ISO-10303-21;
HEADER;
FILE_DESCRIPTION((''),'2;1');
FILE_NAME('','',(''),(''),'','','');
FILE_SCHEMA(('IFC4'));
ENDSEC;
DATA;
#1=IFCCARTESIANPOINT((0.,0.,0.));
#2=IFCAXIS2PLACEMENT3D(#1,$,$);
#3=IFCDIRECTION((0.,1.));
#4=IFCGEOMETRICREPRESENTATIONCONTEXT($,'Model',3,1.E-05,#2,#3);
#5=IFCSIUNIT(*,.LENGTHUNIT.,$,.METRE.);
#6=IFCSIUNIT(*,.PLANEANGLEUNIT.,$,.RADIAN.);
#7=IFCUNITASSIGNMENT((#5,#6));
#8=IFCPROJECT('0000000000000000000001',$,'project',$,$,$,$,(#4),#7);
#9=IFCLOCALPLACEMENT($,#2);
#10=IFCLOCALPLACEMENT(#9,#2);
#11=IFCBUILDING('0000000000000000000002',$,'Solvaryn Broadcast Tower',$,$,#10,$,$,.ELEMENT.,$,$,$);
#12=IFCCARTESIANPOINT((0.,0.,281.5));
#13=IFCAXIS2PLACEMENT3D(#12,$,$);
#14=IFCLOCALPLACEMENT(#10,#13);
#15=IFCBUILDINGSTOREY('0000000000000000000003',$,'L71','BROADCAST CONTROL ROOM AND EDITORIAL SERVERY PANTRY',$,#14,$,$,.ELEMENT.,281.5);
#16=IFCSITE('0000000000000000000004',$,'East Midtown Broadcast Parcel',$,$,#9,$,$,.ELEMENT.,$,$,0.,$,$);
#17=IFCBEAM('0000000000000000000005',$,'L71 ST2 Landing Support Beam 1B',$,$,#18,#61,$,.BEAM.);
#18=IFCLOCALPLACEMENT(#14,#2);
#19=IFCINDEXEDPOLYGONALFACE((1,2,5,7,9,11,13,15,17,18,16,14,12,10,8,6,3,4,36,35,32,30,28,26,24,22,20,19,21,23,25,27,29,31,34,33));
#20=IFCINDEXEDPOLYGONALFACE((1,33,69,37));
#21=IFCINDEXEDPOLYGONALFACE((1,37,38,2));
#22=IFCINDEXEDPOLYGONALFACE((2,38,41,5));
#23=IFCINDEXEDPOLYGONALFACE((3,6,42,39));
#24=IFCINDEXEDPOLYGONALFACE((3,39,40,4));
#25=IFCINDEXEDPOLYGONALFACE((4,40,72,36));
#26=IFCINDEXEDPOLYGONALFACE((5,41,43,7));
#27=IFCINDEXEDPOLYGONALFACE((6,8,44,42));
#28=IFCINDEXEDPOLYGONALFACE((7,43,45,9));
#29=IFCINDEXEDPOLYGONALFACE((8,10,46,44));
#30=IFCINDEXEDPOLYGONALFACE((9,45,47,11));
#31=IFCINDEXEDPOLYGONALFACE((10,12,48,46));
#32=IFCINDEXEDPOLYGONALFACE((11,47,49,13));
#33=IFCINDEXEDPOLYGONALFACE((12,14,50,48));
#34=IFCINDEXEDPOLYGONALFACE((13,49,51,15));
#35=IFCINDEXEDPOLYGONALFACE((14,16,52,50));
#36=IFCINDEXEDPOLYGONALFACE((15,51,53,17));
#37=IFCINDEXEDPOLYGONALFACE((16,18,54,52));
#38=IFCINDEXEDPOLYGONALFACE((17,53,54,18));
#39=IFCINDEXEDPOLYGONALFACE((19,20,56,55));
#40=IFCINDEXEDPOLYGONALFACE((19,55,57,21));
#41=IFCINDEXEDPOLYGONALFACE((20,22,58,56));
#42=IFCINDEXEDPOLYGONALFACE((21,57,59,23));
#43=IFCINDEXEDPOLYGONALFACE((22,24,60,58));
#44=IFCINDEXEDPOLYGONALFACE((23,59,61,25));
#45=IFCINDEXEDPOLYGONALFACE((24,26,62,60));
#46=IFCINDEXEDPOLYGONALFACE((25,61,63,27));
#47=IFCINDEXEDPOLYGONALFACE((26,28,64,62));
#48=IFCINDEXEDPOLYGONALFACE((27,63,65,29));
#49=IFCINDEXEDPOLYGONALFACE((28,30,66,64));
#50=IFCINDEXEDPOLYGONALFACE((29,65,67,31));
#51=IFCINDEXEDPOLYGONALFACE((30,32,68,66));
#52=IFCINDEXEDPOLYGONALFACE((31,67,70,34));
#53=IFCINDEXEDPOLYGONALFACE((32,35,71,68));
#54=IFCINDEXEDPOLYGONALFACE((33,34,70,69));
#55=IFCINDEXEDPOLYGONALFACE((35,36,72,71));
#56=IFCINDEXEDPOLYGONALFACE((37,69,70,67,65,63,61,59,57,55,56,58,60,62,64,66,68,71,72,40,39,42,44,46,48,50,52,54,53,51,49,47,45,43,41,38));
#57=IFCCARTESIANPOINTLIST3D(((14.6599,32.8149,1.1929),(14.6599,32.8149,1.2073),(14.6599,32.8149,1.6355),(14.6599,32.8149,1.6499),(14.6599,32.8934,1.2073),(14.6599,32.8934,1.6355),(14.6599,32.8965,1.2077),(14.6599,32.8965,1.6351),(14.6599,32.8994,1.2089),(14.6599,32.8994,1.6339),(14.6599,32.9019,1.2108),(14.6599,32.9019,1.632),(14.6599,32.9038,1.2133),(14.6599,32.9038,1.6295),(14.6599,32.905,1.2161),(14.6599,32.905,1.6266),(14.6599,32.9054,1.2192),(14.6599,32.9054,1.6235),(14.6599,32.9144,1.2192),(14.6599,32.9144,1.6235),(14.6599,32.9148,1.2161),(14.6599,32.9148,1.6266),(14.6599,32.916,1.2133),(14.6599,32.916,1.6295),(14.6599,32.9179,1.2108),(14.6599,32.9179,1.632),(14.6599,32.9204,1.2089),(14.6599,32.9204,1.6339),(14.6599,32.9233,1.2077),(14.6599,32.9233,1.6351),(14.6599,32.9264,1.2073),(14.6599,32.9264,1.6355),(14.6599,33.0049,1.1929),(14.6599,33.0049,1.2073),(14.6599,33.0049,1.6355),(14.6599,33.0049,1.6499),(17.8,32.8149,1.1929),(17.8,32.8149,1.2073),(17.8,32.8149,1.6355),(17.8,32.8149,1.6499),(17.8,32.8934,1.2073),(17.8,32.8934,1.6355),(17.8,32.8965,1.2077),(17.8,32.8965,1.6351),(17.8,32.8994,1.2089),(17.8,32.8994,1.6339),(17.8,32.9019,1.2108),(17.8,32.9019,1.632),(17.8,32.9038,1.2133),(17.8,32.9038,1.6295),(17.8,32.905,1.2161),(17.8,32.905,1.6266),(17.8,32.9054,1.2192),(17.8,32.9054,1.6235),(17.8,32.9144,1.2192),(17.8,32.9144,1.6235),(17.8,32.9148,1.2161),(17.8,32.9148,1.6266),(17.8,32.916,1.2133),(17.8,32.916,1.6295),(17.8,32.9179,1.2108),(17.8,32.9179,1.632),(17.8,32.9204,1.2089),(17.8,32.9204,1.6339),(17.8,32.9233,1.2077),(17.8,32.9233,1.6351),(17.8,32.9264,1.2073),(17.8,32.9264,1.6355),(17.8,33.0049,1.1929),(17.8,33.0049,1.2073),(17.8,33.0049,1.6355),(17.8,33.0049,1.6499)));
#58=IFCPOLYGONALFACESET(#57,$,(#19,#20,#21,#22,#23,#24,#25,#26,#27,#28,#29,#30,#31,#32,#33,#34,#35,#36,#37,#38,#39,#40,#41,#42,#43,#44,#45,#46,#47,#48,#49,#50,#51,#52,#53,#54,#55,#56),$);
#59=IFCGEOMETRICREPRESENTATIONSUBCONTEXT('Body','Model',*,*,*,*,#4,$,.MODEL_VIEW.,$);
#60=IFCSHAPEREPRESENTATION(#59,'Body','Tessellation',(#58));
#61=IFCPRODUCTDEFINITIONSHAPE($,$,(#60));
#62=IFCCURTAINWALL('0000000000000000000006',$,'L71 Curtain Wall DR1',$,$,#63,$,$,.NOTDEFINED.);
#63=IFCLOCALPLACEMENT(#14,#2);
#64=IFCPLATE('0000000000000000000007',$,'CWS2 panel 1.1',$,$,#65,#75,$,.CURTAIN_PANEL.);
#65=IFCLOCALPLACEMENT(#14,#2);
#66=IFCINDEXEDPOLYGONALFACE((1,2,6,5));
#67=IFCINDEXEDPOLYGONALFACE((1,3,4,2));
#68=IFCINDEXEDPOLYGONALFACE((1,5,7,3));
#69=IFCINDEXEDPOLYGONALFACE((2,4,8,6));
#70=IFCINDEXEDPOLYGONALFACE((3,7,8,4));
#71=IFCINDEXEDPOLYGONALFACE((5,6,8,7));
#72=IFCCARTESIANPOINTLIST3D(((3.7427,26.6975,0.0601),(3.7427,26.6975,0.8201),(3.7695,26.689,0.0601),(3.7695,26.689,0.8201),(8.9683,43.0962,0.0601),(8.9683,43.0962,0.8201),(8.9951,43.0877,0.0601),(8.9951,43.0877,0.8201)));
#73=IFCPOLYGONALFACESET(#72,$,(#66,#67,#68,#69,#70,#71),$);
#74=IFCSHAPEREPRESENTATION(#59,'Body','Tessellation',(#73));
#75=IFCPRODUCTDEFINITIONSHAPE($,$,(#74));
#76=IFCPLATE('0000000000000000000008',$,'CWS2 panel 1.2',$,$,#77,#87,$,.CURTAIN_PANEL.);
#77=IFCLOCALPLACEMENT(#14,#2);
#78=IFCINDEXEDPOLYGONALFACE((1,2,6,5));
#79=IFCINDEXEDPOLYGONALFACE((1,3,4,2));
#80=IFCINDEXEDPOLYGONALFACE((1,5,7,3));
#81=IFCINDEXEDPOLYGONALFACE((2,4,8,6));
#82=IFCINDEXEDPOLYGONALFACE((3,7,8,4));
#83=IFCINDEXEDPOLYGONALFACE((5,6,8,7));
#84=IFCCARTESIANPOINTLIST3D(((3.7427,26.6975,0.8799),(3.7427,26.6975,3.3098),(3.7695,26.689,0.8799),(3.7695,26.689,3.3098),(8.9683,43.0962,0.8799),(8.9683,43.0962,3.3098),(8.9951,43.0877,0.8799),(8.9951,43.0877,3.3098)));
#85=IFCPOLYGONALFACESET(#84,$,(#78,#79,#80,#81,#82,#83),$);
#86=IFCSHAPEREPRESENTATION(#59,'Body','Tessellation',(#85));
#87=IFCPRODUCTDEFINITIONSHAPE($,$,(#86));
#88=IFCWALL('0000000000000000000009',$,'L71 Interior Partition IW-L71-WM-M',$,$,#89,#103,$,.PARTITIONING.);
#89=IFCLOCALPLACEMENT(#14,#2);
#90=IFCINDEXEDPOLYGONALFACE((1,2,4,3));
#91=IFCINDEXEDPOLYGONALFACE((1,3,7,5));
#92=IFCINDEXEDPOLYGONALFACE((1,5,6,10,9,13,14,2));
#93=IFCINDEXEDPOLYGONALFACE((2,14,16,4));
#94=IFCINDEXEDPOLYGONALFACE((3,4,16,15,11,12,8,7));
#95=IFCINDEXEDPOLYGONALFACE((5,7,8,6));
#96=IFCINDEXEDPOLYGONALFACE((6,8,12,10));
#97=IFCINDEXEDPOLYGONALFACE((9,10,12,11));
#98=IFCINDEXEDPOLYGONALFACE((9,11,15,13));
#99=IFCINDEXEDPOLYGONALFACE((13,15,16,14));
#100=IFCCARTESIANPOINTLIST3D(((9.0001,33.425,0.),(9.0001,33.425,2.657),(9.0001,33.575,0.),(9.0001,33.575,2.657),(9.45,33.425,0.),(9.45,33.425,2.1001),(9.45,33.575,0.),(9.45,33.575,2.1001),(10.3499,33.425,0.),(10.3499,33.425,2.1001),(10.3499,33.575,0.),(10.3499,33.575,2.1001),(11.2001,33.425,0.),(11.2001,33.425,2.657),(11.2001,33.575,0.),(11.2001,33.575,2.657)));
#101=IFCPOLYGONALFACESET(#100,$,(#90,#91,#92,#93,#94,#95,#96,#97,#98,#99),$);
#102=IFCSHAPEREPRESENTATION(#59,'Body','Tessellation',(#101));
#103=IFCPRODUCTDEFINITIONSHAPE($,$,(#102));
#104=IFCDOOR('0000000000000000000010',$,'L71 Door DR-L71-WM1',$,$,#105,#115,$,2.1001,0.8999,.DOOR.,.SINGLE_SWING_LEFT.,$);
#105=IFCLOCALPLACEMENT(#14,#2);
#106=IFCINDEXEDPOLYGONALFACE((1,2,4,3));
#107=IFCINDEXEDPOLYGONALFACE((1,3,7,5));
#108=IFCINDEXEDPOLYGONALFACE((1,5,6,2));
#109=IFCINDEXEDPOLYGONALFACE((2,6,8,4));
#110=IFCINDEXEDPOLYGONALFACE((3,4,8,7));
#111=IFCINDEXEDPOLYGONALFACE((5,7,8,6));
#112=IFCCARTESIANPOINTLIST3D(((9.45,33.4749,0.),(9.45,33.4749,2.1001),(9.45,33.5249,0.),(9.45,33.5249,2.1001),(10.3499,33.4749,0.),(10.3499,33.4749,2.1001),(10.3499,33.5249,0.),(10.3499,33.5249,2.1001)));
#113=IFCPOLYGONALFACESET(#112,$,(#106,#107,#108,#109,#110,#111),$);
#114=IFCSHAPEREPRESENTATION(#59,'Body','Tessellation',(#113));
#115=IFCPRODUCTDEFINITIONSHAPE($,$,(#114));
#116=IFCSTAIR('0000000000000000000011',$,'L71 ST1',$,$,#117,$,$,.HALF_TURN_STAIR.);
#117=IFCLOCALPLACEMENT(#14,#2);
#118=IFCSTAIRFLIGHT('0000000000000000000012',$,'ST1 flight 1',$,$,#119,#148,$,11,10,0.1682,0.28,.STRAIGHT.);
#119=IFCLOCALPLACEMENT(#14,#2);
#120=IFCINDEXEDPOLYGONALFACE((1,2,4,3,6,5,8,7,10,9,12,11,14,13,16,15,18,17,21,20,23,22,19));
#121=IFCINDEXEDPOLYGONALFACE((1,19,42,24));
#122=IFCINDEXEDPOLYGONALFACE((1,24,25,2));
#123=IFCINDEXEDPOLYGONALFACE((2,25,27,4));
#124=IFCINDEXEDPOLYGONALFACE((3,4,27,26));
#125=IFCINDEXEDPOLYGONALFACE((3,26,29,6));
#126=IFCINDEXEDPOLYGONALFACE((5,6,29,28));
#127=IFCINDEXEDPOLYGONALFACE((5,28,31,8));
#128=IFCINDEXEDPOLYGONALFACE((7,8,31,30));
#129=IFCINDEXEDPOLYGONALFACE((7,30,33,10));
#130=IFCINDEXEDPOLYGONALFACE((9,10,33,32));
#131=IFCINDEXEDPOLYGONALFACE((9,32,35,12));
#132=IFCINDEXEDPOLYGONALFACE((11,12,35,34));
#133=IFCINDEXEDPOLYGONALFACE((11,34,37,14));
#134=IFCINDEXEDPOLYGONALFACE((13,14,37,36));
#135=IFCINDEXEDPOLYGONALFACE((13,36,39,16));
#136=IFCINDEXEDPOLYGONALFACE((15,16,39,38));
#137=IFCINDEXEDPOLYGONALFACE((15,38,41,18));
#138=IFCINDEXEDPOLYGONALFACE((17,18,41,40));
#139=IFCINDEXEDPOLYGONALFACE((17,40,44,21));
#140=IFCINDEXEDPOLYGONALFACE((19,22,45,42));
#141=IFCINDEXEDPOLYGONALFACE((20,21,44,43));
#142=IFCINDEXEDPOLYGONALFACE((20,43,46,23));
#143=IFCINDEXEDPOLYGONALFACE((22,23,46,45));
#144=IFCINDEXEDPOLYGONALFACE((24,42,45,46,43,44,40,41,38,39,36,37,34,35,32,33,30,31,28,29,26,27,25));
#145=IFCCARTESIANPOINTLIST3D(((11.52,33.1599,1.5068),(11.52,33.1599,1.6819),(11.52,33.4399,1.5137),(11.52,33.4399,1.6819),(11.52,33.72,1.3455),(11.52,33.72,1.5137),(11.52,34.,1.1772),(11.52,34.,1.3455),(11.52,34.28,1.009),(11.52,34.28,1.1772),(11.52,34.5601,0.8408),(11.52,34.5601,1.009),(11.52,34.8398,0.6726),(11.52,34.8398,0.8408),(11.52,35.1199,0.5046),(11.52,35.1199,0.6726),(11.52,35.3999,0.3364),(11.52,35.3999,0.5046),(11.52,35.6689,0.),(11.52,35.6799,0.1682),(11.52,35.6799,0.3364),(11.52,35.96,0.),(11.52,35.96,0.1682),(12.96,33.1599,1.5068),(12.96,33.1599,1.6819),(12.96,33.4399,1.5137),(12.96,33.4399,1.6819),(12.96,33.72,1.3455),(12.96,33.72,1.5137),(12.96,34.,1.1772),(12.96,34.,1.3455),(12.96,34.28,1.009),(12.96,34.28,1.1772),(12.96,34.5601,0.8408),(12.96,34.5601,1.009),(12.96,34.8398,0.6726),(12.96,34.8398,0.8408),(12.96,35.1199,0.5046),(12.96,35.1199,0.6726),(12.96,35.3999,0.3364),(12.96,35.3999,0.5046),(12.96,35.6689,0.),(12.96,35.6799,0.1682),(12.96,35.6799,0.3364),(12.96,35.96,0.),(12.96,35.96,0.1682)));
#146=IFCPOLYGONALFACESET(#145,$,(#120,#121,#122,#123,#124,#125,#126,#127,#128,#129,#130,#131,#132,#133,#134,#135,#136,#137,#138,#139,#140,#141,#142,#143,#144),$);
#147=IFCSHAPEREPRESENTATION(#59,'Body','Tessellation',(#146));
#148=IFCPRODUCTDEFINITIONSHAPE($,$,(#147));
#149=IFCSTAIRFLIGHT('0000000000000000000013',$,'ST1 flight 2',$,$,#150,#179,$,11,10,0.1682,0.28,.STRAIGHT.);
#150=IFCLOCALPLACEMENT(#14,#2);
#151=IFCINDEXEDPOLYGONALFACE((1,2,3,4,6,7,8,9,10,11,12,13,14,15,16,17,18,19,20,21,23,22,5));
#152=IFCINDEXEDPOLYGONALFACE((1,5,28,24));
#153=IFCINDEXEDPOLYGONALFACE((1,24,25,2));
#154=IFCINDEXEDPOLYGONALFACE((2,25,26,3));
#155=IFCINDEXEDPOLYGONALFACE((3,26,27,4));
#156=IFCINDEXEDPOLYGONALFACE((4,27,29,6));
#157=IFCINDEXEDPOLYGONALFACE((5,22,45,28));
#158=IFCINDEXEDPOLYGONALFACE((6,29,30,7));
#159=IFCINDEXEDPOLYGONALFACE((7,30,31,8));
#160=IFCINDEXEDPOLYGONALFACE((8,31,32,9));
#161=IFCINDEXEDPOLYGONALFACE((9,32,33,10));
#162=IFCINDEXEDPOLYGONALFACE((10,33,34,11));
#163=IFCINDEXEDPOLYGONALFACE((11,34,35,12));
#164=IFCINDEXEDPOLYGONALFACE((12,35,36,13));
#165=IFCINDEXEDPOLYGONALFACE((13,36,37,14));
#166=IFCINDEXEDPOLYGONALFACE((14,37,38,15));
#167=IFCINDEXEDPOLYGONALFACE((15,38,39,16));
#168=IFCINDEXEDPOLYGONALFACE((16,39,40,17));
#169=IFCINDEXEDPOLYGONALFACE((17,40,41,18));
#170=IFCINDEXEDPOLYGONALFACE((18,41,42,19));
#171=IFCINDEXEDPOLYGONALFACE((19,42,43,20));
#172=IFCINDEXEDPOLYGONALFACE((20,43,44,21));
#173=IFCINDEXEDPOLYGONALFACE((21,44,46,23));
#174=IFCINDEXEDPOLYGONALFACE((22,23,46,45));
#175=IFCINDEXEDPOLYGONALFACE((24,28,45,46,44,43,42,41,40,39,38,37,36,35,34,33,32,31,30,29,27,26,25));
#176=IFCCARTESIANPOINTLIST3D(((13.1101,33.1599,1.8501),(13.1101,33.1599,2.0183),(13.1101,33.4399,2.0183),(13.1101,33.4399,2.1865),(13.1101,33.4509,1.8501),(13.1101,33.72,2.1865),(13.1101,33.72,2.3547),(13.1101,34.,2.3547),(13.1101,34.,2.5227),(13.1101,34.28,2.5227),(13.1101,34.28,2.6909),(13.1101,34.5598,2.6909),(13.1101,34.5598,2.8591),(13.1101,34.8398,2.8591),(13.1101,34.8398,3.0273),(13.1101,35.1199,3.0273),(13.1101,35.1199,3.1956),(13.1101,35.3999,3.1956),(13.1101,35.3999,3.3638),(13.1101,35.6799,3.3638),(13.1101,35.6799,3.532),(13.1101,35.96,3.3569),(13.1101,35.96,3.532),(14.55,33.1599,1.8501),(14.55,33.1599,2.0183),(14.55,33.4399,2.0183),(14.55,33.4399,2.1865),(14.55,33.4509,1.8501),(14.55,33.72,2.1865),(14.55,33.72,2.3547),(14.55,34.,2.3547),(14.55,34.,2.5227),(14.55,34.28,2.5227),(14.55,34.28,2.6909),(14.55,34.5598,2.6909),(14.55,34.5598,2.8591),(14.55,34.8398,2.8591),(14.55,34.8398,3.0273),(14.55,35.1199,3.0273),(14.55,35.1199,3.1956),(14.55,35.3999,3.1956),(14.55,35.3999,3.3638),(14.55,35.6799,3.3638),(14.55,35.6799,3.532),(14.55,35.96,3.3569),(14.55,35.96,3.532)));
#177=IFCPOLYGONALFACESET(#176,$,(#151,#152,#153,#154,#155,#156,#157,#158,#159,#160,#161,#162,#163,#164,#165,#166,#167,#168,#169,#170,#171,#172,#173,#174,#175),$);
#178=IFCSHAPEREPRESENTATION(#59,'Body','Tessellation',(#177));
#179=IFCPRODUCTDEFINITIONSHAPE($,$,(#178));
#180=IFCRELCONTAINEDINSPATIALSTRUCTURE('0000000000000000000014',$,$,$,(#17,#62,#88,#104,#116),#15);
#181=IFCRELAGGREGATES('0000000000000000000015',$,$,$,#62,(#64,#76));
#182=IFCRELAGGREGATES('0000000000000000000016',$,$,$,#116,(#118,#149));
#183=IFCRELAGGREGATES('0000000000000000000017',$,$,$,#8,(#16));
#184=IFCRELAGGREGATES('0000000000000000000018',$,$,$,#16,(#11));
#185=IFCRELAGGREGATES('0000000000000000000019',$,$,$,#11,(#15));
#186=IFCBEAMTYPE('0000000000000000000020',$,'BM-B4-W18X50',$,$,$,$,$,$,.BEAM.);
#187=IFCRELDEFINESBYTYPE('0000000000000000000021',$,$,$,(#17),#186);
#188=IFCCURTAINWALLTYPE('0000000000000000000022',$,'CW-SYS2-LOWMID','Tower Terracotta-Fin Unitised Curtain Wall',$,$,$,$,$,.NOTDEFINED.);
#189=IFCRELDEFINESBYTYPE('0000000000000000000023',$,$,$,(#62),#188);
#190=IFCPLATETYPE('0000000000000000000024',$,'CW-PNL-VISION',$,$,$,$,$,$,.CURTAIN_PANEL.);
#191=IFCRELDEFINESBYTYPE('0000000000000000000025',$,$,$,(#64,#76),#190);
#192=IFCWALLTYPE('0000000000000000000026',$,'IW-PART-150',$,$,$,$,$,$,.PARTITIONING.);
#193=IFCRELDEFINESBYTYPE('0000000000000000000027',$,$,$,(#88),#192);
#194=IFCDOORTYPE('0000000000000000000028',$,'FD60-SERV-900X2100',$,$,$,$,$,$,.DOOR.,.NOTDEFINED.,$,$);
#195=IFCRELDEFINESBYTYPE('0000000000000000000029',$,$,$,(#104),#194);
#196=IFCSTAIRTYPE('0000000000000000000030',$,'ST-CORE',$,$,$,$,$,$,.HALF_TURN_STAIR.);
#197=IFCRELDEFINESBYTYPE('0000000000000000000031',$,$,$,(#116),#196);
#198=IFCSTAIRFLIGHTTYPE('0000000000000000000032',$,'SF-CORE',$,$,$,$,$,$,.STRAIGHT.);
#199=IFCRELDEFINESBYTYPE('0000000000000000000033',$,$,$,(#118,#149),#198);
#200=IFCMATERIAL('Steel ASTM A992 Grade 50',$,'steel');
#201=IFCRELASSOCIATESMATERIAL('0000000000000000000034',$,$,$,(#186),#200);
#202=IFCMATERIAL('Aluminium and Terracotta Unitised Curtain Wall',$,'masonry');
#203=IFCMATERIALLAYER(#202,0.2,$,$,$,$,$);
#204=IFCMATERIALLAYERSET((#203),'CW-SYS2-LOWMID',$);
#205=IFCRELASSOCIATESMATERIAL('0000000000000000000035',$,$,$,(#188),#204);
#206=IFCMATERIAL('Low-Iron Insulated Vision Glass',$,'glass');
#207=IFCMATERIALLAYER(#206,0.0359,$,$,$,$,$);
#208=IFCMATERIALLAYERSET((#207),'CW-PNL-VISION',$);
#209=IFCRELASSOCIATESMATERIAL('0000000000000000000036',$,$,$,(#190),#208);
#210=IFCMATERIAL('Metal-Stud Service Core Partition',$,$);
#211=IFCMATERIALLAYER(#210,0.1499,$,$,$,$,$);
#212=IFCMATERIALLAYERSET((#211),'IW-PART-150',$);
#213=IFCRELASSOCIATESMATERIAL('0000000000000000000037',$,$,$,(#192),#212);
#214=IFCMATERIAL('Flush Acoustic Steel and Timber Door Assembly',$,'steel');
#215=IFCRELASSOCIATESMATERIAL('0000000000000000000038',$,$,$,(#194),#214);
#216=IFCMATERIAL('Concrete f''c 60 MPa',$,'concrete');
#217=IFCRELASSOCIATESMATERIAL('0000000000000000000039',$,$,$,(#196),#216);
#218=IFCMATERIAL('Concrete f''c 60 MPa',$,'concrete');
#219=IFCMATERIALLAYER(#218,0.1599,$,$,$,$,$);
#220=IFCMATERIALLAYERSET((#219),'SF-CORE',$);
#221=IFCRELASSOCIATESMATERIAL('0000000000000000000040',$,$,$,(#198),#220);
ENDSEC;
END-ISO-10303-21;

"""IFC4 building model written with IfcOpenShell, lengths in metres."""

from ifc_helpers import new_model, si_unit, direction, frame, frame_2d, origin, origin_2d, place, context, subcontext, project, spatial, polyline, rectangle, i_section, outline, extrude, material, layer, layer_set, material_profile, profile_set, type_object, element, fill, aggregate, save


model = new_model("IFC4")

# Units and contexts
model_context = context("Model", 3, precision=1e-05, world=origin(), true_north=direction((0.0, 1.0)))
body_context = subcontext(model_context, "Body", "Model", "MODEL_VIEW")
ifc_project = project(units=[si_unit("LENGTHUNIT", "METRE"), si_unit("PLANEANGLEUNIT", "RADIAN")], contexts=[model_context])

# Site, building, storey
site_placement = place(None, origin())
site = spatial("IfcSite", under=ifc_project, at=site_placement, Name="East Midtown Broadcast Parcel", CompositionType="ELEMENT", RefElevation=0.0)
building_placement = place(site_placement, origin())
building = spatial("IfcBuilding", under=site, at=building_placement, Name="Solvaryn Broadcast Tower", CompositionType="ELEMENT")
storey_placement = place(building_placement, frame((0.0, 0.0, 281.5)))
storey = spatial("IfcBuildingStorey", under=building, at=storey_placement, Name="L71", Description="BROADCAST CONTROL ROOM AND EDITORIAL SERVERY PANTRY", CompositionType="ELEMENT", Elevation=281.5)

# Beam
ifc_material_1 = material(Name="Steel ASTM A992 Grade 50", Category="steel")
ifc_material_profile_1 = material_profile(ifc_material_1, i_section(OverallWidth=0.1899, OverallDepth=0.457, WebThickness=0.009, FlangeThickness=0.0144, FilletRadius=0.012, at=origin_2d()))
ifc_profile_set_1 = profile_set([ifc_material_profile_1], Name="Steel ASTM A992 Grade 50")
beam_type_1 = type_object("IfcBeamType", Name="BM-B4-W18X50", PredefinedType="BEAM", material=ifc_profile_set_1)
beam_1_placement = place(storey_placement, frame((14.6599, 32.9099, 1.4214), z_axis=(1.0, 0.0, 0.0), x_axis=(0.0, 1.0, 0.0)))
element("IfcBeam", 1, at=beam_1_placement, inside=storey, type_object=beam_type_1, Name="L71 ST2 Landing Support Beam 1B", PredefinedType="BEAM", context=body_context, shape_type="SweptSolid", body=[
    extrude(i_section(OverallWidth=0.1899, OverallDepth=0.457, WebThickness=0.009, FlangeThickness=0.0144, FilletRadius=0.012, at=origin_2d()), origin(), (0.0, 0.0, 1.0), 3.1401),
])

# Curtain wall, plates
ifc_material_2 = material(Name="Aluminium and Terracotta Unitised Curtain Wall", Category="masonry")
ifc_layer_1 = layer(ifc_material_2, 0.2)
ifc_layer_set_1 = layer_set([ifc_layer_1], Name="CW-SYS2-LOWMID")
curtain_wall_type = type_object("IfcCurtainWallType", Name="CW-SYS2-LOWMID", Description="Tower Terracotta-Fin Unitised Curtain Wall", PredefinedType="NOTDEFINED", material=ifc_layer_set_1)
curtain_wall_placement = place(storey_placement, origin())
curtain_wall = element("IfcCurtainWall", 2, at=curtain_wall_placement, inside=storey, type_object=curtain_wall_type, Name="L71 Curtain Wall DR1", PredefinedType="NOTDEFINED")
ifc_material_3 = material(Name="Low-Iron Insulated Vision Glass", Category="glass")
ifc_layer_2 = layer(ifc_material_3, 0.0359)
ifc_layer_set_2 = layer_set([ifc_layer_2], Name="CW-PNL-VISION")
plate_type = type_object("IfcPlateType", Name="CW-PNL-VISION", PredefinedType="CURTAIN_PANEL", material=ifc_layer_set_2)
plate_1_placement = place(storey_placement, frame((6.3689, 34.8926, 0.0601), z_axis=(0.0, 0.0, 1.0), x_axis=(-0.303616, -0.952795, 0.0)))
plate_1 = element("IfcPlate", 3, at=plate_1_placement, type_object=plate_type, Name="CWS2 panel 1.1", PredefinedType="CURTAIN_PANEL", context=body_context, shape_type="SweptSolid", body=[
    extrude(rectangle(XDim=17.2112, YDim=0.0281, at=origin_2d()), origin(), (0.0, 0.0, 1.0), 0.76),
])
plate_2_placement = place(storey_placement, frame((6.3689, 34.8926, 0.8799), z_axis=(0.0, 0.0, 1.0), x_axis=(-0.303616, -0.952795, 0.0)))
plate_2 = element("IfcPlate", 4, at=plate_2_placement, type_object=plate_type, Name="CWS2 panel 1.2", PredefinedType="CURTAIN_PANEL", context=body_context, shape_type="SweptSolid", body=[
    extrude(rectangle(XDim=17.2112, YDim=0.0281, at=origin_2d()), origin(), (0.0, 0.0, 1.0), 2.4299),
])
aggregate(curtain_wall, [plate_1, plate_2])

# Wall, opening, door
ifc_material_4 = material(Name="Metal-Stud Service Core Partition")
ifc_layer_3 = layer(ifc_material_4, 0.1499)
ifc_layer_set_3 = layer_set([ifc_layer_3], Name="IW-PART-150")
wall_type = type_object("IfcWallType", Name="IW-PART-150", PredefinedType="PARTITIONING", material=ifc_layer_set_3)
wall_placement = place(storey_placement, frame((9.0, 33.5, 0.0), z_axis=(0.0, 0.0, 1.0), x_axis=(1.0, 0.0, 0.0)))
wall = element("IfcWall", 5, at=wall_placement, inside=storey, type_object=wall_type, Name="L71 Interior Partition IW-L71-WM-M", PredefinedType="PARTITIONING", context=body_context, shape_type="SweptSolid", body=[
    extrude(rectangle(XDim=2.2, YDim=0.1499, at=frame_2d((1.1001, 0.0))), origin(), (0.0, 0.0, 1.0), 2.657),
])
opening_placement = place(wall_placement, frame((0.45, 0.0, 0.0)))
opening = element("IfcOpeningElement", 6, at=opening_placement, cuts=wall, PredefinedType="OPENING", context=body_context, shape_type="SweptSolid", body=[
    extrude(rectangle(XDim=0.8999, YDim=2.1001, at=frame_2d((0.45, 1.05))), frame((0.0, 0.085, 0.0), z_axis=(0.0, -1.0, 0.0), x_axis=(1.0, 0.0, 0.0)), (0.0, 0.0, 1.0), 0.1699),
])
ifc_material_5 = material(Name="Flush Acoustic Steel and Timber Door Assembly", Category="steel")
door_type = type_object("IfcDoorType", Name="FD60-SERV-900X2100", OperationType="NOTDEFINED", PredefinedType="DOOR", material=ifc_material_5)
door_placement = place(opening_placement, origin())
door = element("IfcDoor", 7, at=door_placement, inside=storey, type_object=door_type, Name="L71 Door DR-L71-WM1", OperationType="SINGLE_SWING_LEFT", OverallHeight=2.1001, OverallWidth=0.8999, PredefinedType="DOOR", context=body_context, shape_type="SweptSolid", body=[
    extrude(rectangle(XDim=0.8999, YDim=2.1001, at=frame_2d((0.45, 1.05))), frame((0.0, 0.0249, 0.0), z_axis=(0.0, -1.0, 0.0), x_axis=(1.0, 0.0, 0.0)), (0.0, 0.0, 1.0), 0.05),
])
fill(opening, door)

# Stair, stair flights
ifc_material_6 = material(Name="Concrete f'c 60 MPa", Category="concrete")
stair_type = type_object("IfcStairType", Name="ST-CORE", PredefinedType="HALF_TURN_STAIR", material=ifc_material_6)
stair_placement = place(storey_placement, origin())
stair = element("IfcStair", 8, at=stair_placement, inside=storey, type_object=stair_type, Name="L71 ST1", PredefinedType="HALF_TURN_STAIR")
ifc_material_7 = material(Name="Concrete f'c 60 MPa", Category="concrete")
ifc_layer_4 = layer(ifc_material_7, 0.1599)
ifc_layer_set_4 = layer_set([ifc_layer_4], Name="SF-CORE")
stair_flight_type = type_object("IfcStairFlightType", Name="SF-CORE", PredefinedType="STRAIGHT", material=ifc_layer_set_4)
stair_flight_1_placement = place(storey_placement, frame((12.24, 35.96, 0.0), z_axis=(0.0, 0.0, 1.0), x_axis=(0.0, -1.0, 0.0)))
stair_flight_1 = element("IfcStairFlight", 9, at=stair_flight_1_placement, type_object=stair_flight_type, Name="ST1 flight 1", NumberOfRisers=11, NumberOfTreads=10, PredefinedType="STRAIGHT", RiserHeight=0.1682, TreadLength=0.28, context=body_context, shape_type="SweptSolid", body=[
    extrude(outline(polyline([(0.0, 0.0), (0.0, 0.1682), (0.28, 0.1682), (0.28, 0.3364), (0.5601, 0.3364), (0.5601, 0.5046), (0.8401, 0.5046), (0.8401, 0.6726), (1.1201, 0.6726), (1.1201, 0.8408), (1.3999, 0.8408), (1.3999, 1.009), (1.6799, 1.009), (1.6799, 1.1772), (1.96, 1.1772), (1.96, 1.3455), (2.24, 1.3455), (2.24, 1.5137), (2.52, 1.5137), (2.52, 1.6819), (2.8, 1.6819), (2.8, 1.8501), (2.8, 1.5068), (0.291, 0.0), (0.0, 0.0)])), frame((0.0, 0.72, 0.0), z_axis=(0.0, -1.0, 0.0), x_axis=(1.0, 0.0, 0.0)), (0.0, 0.0, 1.0), 1.4399),
])
stair_flight_2_placement = place(storey_placement, frame((13.8301, 33.1599, 1.8501), z_axis=(0.0, 0.0, 1.0), x_axis=(0.0, 1.0, 0.0)))
stair_flight_2 = element("IfcStairFlight", 10, at=stair_flight_2_placement, type_object=stair_flight_type, Name="ST1 flight 2", NumberOfRisers=11, NumberOfTreads=10, PredefinedType="STRAIGHT", RiserHeight=0.1682, TreadLength=0.28, context=body_context, shape_type="SweptSolid", body=[
    extrude(outline(polyline([(0.0, 0.0), (0.0, 0.1682), (0.28, 0.1682), (0.28, 0.3364), (0.5601, 0.3364), (0.5601, 0.5046), (0.8401, 0.5046), (0.8401, 0.6726), (1.1201, 0.6726), (1.1201, 0.8408), (1.3999, 0.8408), (1.3999, 1.009), (1.6799, 1.009), (1.6799, 1.1772), (1.96, 1.1772), (1.96, 1.3455), (2.24, 1.3455), (2.24, 1.5137), (2.52, 1.5137), (2.52, 1.6819), (2.8, 1.6819), (2.8, 1.8501), (2.8, 1.5068), (0.291, 0.0), (0.0, 0.0)])), frame((0.0, 0.72, 0.0), z_axis=(0.0, -1.0, 0.0), x_axis=(1.0, 0.0, 0.0)), (0.0, 0.0, 1.0), 1.4399),
])
aggregate(stair, [stair_flight_1, stair_flight_2])

save(model, "model.ifc")
